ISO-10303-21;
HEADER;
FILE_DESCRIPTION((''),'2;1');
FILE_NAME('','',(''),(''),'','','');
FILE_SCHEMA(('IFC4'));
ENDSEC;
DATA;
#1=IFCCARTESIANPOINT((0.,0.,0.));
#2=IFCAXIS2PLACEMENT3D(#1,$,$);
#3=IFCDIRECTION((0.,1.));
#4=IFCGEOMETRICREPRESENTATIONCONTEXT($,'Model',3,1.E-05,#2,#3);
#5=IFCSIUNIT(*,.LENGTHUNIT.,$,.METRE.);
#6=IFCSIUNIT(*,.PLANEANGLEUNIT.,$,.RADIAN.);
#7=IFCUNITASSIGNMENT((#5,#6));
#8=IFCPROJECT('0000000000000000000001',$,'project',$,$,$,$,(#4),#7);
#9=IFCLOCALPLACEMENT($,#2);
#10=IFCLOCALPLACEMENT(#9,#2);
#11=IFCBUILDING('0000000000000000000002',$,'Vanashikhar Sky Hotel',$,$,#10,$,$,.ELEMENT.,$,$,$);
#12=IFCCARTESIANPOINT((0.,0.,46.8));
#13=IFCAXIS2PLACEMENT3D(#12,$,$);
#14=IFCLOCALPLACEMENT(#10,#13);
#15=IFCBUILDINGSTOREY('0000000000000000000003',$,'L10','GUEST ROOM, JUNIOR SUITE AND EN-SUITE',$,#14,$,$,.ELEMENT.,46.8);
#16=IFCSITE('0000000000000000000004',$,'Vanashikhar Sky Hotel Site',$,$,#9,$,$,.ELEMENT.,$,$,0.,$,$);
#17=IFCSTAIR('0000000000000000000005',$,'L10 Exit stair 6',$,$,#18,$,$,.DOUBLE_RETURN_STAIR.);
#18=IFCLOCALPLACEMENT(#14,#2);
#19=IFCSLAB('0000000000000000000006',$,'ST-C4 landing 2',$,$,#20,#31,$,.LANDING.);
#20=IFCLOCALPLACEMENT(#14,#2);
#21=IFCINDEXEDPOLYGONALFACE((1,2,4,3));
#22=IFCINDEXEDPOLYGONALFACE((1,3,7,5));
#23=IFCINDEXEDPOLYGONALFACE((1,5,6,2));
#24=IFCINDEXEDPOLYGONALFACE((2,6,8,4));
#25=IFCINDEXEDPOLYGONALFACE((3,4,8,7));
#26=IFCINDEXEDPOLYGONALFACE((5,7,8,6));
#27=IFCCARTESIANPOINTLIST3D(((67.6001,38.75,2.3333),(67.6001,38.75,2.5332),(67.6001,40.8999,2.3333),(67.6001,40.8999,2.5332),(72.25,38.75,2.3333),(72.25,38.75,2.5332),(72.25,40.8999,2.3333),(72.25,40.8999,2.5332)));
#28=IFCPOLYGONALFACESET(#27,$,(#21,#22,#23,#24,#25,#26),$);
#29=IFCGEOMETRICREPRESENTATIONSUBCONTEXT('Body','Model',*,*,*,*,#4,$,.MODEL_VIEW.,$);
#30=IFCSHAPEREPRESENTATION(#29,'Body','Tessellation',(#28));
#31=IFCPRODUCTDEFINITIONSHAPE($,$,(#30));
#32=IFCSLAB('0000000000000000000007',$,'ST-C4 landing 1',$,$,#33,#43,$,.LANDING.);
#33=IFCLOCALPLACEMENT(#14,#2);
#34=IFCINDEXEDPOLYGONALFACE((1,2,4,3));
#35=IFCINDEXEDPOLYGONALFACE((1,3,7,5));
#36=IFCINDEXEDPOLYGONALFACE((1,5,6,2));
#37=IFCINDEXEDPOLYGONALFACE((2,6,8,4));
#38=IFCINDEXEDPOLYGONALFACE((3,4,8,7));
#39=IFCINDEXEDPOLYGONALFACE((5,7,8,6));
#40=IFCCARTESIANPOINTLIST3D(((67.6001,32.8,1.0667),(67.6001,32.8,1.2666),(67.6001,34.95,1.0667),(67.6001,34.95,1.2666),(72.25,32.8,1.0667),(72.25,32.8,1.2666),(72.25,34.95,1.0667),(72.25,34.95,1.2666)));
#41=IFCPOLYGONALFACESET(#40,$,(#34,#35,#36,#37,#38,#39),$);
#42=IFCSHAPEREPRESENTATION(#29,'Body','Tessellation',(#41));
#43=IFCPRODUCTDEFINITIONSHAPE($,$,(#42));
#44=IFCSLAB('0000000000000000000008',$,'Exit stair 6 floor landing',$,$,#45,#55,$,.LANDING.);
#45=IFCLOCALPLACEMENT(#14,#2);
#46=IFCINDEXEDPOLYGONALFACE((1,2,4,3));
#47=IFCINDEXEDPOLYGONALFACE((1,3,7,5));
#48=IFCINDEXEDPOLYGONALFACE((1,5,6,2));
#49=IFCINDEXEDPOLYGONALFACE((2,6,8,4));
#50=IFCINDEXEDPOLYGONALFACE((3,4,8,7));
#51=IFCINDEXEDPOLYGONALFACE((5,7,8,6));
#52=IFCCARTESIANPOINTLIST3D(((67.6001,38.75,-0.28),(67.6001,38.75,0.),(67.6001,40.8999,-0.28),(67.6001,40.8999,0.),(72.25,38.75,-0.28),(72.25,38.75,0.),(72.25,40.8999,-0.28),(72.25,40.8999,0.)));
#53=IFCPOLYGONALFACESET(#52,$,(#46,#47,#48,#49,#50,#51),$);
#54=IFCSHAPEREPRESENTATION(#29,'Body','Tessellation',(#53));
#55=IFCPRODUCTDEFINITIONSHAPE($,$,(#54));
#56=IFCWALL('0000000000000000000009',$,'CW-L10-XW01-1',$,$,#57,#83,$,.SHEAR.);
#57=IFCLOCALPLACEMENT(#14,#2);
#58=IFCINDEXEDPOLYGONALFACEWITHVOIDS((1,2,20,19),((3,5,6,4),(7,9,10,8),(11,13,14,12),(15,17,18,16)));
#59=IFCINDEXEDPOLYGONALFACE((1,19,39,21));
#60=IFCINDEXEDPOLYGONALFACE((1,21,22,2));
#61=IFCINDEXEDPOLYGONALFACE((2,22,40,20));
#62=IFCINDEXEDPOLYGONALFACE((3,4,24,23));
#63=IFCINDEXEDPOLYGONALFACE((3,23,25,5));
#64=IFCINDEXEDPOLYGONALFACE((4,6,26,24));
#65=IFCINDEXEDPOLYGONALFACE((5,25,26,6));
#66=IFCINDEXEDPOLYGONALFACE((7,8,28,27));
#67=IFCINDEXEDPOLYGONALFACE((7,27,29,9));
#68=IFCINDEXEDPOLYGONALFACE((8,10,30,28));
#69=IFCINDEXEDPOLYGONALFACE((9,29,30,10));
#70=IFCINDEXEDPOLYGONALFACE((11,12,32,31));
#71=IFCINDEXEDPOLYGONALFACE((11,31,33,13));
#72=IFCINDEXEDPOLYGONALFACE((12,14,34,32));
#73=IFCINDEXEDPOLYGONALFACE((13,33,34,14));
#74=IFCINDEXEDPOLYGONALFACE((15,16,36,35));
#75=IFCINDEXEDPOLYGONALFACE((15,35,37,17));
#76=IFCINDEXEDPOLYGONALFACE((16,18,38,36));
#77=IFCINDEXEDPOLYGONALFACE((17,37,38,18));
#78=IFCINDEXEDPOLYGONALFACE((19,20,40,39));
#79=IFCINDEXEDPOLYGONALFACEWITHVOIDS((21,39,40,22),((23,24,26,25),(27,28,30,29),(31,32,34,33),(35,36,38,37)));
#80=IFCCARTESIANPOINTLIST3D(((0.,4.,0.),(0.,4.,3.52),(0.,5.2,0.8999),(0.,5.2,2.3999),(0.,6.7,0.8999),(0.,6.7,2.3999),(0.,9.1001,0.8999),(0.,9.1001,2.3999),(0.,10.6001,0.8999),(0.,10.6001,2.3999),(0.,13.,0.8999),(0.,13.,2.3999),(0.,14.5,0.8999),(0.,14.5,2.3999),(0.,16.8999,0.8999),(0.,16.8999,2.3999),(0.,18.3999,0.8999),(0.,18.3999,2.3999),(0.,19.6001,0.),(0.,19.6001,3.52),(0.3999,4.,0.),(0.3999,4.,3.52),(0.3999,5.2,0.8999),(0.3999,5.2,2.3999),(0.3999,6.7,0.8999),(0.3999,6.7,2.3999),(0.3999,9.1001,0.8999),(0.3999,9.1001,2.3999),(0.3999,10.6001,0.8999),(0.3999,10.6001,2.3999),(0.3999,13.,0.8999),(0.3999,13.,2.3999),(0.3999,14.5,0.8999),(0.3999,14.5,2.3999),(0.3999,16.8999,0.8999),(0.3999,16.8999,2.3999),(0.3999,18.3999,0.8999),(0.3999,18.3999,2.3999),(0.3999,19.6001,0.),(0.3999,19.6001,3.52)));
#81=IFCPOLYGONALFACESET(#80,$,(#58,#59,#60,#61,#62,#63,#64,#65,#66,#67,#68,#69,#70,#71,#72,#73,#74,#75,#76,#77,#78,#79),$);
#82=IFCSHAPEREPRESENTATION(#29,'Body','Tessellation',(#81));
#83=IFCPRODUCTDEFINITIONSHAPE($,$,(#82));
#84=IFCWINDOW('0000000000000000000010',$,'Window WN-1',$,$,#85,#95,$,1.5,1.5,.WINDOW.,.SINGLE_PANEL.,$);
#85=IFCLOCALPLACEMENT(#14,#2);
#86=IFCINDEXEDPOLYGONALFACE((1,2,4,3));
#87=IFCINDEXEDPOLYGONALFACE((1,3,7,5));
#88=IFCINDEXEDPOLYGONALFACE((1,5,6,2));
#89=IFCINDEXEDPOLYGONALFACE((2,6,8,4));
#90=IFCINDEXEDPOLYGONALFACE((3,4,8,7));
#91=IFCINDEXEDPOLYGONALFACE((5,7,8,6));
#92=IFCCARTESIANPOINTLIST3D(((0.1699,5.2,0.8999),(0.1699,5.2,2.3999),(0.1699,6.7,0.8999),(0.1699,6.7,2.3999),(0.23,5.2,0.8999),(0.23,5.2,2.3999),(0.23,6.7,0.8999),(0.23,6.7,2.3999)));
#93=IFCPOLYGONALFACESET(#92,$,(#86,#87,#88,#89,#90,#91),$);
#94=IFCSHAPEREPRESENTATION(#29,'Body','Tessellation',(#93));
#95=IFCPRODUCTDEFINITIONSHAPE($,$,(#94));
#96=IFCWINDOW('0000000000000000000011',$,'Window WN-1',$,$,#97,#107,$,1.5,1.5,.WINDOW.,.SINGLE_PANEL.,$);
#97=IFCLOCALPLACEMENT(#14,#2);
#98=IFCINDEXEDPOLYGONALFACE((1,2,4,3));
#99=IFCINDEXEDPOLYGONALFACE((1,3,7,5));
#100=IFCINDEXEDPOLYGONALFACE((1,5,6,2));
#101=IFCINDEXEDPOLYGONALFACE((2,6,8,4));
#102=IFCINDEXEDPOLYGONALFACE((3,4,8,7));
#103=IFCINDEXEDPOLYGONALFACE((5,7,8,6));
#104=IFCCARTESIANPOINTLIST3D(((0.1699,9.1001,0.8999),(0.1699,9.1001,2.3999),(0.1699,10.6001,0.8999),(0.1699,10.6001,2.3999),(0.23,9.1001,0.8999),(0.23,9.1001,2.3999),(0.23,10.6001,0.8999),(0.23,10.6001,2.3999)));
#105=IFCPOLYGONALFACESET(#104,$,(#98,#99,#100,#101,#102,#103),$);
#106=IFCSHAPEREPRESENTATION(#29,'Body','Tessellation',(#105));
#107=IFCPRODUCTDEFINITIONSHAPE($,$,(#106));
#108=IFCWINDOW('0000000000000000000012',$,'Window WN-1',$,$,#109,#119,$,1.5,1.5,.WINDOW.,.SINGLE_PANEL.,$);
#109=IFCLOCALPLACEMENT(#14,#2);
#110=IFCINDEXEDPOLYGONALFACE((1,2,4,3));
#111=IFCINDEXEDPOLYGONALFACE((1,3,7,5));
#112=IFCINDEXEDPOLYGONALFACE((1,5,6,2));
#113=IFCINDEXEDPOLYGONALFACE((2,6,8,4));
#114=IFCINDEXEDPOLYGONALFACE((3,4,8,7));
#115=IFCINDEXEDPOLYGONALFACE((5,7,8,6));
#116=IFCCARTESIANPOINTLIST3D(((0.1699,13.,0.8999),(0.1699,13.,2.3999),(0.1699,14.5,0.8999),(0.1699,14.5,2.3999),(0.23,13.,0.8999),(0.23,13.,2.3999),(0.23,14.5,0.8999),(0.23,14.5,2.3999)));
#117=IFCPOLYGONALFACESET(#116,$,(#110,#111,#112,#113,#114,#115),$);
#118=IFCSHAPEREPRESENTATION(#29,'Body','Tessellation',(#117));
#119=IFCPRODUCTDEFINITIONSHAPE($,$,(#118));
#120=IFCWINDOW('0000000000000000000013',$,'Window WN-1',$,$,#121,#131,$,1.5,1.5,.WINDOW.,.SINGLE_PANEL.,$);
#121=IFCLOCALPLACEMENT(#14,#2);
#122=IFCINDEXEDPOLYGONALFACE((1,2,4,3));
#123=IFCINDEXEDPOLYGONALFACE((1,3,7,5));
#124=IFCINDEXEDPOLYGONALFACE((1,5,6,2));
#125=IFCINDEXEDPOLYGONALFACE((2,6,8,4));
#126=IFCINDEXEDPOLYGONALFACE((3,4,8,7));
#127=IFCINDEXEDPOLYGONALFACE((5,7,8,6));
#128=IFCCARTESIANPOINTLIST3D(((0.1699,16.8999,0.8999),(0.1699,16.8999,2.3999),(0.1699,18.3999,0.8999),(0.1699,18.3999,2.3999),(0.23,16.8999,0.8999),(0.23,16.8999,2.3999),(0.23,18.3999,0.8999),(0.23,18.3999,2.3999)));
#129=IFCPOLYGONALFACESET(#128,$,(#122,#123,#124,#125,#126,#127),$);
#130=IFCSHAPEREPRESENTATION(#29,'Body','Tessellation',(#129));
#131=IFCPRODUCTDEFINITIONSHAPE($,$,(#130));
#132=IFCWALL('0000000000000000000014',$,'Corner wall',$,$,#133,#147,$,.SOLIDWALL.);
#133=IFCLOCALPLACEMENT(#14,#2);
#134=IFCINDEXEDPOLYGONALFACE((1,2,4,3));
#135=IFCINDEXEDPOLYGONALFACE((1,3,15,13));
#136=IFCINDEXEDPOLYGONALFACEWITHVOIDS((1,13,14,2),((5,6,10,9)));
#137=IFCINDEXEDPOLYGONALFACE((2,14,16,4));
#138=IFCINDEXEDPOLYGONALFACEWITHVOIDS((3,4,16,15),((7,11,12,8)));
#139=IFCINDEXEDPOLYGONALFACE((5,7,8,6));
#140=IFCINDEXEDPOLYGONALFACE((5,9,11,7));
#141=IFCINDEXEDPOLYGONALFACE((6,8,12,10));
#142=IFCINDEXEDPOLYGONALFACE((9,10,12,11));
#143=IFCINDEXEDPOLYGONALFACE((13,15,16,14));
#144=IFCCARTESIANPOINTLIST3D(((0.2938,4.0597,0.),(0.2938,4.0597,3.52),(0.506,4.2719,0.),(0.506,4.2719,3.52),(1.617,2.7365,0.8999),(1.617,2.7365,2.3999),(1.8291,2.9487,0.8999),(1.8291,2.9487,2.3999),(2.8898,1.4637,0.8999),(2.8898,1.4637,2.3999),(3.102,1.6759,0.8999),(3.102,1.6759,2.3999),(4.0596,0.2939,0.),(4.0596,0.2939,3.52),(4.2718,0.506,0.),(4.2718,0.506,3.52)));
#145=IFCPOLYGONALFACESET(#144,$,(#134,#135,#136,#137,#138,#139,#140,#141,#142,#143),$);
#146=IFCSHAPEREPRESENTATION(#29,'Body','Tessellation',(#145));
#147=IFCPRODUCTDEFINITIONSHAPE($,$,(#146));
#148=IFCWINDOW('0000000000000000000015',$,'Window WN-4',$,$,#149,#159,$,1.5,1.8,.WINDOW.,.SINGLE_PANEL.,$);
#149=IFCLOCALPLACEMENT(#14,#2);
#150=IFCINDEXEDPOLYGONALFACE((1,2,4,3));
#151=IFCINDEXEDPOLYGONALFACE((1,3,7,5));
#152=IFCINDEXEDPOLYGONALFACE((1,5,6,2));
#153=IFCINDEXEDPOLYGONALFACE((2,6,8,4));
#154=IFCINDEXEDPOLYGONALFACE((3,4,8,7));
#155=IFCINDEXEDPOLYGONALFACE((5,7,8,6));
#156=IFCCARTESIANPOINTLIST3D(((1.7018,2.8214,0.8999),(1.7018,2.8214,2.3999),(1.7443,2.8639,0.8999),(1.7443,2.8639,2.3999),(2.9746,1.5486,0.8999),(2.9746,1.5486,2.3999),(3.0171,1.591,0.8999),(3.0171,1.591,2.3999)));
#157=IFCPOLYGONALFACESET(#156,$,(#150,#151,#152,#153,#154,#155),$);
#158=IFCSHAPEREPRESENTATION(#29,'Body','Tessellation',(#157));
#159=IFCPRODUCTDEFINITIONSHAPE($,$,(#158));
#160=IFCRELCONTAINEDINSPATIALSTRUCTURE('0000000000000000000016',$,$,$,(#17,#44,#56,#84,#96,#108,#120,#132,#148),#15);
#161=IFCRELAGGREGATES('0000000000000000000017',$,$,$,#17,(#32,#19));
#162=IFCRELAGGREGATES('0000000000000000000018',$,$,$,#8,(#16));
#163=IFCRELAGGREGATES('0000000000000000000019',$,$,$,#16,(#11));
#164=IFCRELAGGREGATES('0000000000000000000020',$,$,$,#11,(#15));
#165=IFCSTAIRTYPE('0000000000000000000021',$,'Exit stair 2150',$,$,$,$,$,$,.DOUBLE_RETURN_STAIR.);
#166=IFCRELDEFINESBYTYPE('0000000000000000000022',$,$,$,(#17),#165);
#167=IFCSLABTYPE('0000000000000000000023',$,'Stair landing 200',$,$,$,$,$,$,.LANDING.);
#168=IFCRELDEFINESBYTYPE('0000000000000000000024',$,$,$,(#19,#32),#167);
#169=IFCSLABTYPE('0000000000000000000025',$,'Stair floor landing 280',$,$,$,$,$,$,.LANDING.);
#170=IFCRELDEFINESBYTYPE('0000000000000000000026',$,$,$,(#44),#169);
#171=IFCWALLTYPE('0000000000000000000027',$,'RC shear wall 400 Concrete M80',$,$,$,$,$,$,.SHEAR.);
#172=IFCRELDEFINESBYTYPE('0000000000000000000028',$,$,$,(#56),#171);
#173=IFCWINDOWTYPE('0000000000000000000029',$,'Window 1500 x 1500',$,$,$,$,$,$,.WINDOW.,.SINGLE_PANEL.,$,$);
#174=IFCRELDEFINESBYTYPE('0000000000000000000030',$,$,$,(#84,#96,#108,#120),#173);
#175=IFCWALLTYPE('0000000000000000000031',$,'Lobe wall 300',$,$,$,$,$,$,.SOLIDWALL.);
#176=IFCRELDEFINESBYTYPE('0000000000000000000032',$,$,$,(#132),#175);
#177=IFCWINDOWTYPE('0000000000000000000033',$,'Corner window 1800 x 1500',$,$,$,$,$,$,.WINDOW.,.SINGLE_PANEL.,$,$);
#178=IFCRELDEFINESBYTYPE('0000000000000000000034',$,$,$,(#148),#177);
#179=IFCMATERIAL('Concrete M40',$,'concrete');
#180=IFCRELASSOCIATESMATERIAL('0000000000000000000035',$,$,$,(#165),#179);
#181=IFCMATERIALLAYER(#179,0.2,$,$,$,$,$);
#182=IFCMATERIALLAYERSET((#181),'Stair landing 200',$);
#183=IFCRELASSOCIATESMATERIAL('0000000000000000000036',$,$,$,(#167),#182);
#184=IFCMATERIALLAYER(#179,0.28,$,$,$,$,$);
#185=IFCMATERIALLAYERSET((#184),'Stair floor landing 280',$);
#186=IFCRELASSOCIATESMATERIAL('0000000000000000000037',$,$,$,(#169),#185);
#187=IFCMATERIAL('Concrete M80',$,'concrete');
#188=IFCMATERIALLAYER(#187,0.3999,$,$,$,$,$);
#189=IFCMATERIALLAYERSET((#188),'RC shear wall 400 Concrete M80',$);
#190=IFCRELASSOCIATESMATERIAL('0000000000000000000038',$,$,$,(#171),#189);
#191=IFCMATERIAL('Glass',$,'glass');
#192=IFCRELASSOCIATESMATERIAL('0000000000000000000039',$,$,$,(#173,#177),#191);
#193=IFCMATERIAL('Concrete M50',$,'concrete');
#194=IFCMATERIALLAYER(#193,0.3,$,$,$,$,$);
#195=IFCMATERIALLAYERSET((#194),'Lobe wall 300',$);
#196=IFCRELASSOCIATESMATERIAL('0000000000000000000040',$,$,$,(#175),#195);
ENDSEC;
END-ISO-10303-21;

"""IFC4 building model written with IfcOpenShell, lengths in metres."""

from ifc_helpers import new_model, si_unit, direction, frame, frame_2d, origin, place, context, subcontext, project, spatial, polyline, rectangle, outline, extrude, source, transform, mapped, material, layer, layer_set, type_object, element, fill, aggregate, save


model = new_model("IFC4")

# Units and contexts
model_context = context("Model", 3, precision=1e-05, world=origin(), true_north=direction((0.0, 1.0)))
body_context = subcontext(model_context, "Body", "Model", "MODEL_VIEW")
ifc_project = project(units=[si_unit("LENGTHUNIT", "METRE"), si_unit("PLANEANGLEUNIT", "RADIAN")], contexts=[model_context])

# Site, building, storey
site_placement = place(None, origin())
site = spatial("IfcSite", under=ifc_project, at=site_placement, Name="Vanashikhar Sky Hotel Site", CompositionType="ELEMENT", RefElevation=0.0)
building_placement = place(site_placement, origin())
building = spatial("IfcBuilding", under=site, at=building_placement, Name="Vanashikhar Sky Hotel", CompositionType="ELEMENT")
storey_placement = place(building_placement, frame((0.0, 0.0, 46.8)))
storey = spatial("IfcBuildingStorey", under=building, at=storey_placement, Name="L10", Description="GUEST ROOM, JUNIOR SUITE AND EN-SUITE", CompositionType="ELEMENT", Elevation=46.8)

# Shared definitions
ifc_material_1 = material(Name="Concrete M40", Category="concrete")

# Shared definitions
stair_type = type_object("IfcStairType", Name="Exit stair 2150", PredefinedType="DOUBLE_RETURN_STAIR", material=ifc_material_1)
ifc_layer_1 = layer(ifc_material_1, 0.2)
ifc_layer_set_1 = layer_set([ifc_layer_1], Name="Stair landing 200")
slab_type_1 = type_object("IfcSlabType", Name="Stair landing 200", PredefinedType="LANDING", material=ifc_layer_set_1)

# Shared definitions
ifc_layer_2 = layer(ifc_material_1, 0.28)
ifc_layer_set_2 = layer_set([ifc_layer_2], Name="Stair floor landing 280")
slab_type_2 = type_object("IfcSlabType", Name="Stair floor landing 280", PredefinedType="LANDING", material=ifc_layer_set_2)

# Stair, slabs
stair_1_placement = place(storey_placement, origin())
stair_1 = element("IfcStair", 1, at=stair_1_placement, inside=storey, type_object=stair_type, Name="L10 Exit stair 6", PredefinedType="DOUBLE_RETURN_STAIR")
shared_shape_1 = source(origin(), body_context, "Body", "SweptSolid", [
    extrude(outline(polyline([(72.25, 38.75), (72.25, 40.8999), (67.6001, 40.8999), (67.6001, 38.75), (72.25, 38.75)])), origin(), (0.0, 0.0, 1.0), 0.2),
])
slab_1_placement = place(storey_placement, frame((0.0, 0.0, 2.3333)))
slab_1 = element("IfcSlab", 2, at=slab_1_placement, type_object=slab_type_1, Name="ST-C4 landing 2", PredefinedType="LANDING", context=body_context, shape_type="MappedRepresentation", body=[
    mapped(shared_shape_1, transform((0.0, 0.0, 0.0), scale=1.0)),
])
shared_shape_2 = source(origin(), body_context, "Body", "SweptSolid", [
    extrude(outline(polyline([(72.25, 32.8), (72.25, 34.95), (67.6001, 34.95), (67.6001, 32.8), (72.25, 32.8)])), origin(), (0.0, 0.0, 1.0), 0.2),
])
slab_2_placement = place(storey_placement, frame((0.0, 0.0, 1.0667)))
slab_2 = element("IfcSlab", 3, at=slab_2_placement, type_object=slab_type_1, Name="ST-C4 landing 1", PredefinedType="LANDING", context=body_context, shape_type="MappedRepresentation", body=[
    mapped(shared_shape_2, transform((0.0, 0.0, 0.0), scale=1.0)),
])
aggregate(stair_1, [slab_2, slab_1])

# Slab
shared_shape_3 = source(origin(), body_context, "Body", "SweptSolid", [
    extrude(outline(polyline([(72.25, 38.75), (72.25, 40.8999), (67.6001, 40.8999), (67.6001, 38.75), (72.25, 38.75)])), origin(), (0.0, 0.0, 1.0), 0.28),
])
slab_3_placement = place(storey_placement, frame((0.0, 0.0, -0.28)))
element("IfcSlab", 4, at=slab_3_placement, inside=storey, type_object=slab_type_2, Name="Exit stair 6 floor landing", PredefinedType="LANDING", context=body_context, shape_type="MappedRepresentation", body=[
    mapped(shared_shape_3, transform((0.0, 0.0, 0.0), scale=1.0)),
])

# Wall, openings, windows
ifc_material_2 = material(Name="Concrete M80", Category="concrete")
ifc_layer_3 = layer(ifc_material_2, 0.3999)
ifc_layer_set_3 = layer_set([ifc_layer_3], Name="RC shear wall 400 Concrete M80")
wall_type_1 = type_object("IfcWallType", Name="RC shear wall 400 Concrete M80", PredefinedType="SHEAR", material=ifc_layer_set_3)
shared_shape_4 = source(origin(), body_context, "Body", "SweptSolid", [
    extrude(rectangle(XDim=15.6001, YDim=0.3999, at=frame_2d((7.8, 0.0))), origin(), (0.0, 0.0, 1.0), 3.52),
])
wall_1_placement = place(storey_placement, frame((0.2, 4.0, 0.0), z_axis=(0.0, 0.0, 1.0), x_axis=(0.0, 1.0, 0.0)))
wall_1 = element("IfcWall", 5, at=wall_1_placement, inside=storey, type_object=wall_type_1, Name="CW-L10-XW01-1", PredefinedType="SHEAR", context=body_context, shape_type="MappedRepresentation", body=[
    mapped(shared_shape_4, transform((0.0, 0.0, 0.0), scale=1.0)),
])
shared_shape_5 = source(origin(), body_context, "Body", "SweptSolid", [
    extrude(rectangle(XDim=1.5, YDim=1.5, at=frame_2d((0.75, 0.75))), frame((0.0, 0.21, 0.0), z_axis=(0.0, -1.0, 0.0), x_axis=(1.0, 0.0, 0.0)), (0.0, 0.0, 1.0), 0.4199),
])
opening_1_placement = place(wall_1_placement, frame((1.2, 0.0, 0.8999)))
opening_1 = element("IfcOpeningElement", 6, at=opening_1_placement, cuts=wall_1, PredefinedType="OPENING", context=body_context, shape_type="MappedRepresentation", body=[
    mapped(shared_shape_5, transform((0.0, 0.0, 0.0), scale=1.0)),
])
opening_2_placement = place(wall_1_placement, frame((5.1001, 0.0, 0.8999)))
opening_2 = element("IfcOpeningElement", 7, at=opening_2_placement, cuts=wall_1, PredefinedType="OPENING", context=body_context, shape_type="MappedRepresentation", body=[
    mapped(shared_shape_5, transform((0.0, 0.0, 0.0), scale=1.0)),
])
opening_3_placement = place(wall_1_placement, frame((9.0, 0.0, 0.8999)))
opening_3 = element("IfcOpeningElement", 8, at=opening_3_placement, cuts=wall_1, PredefinedType="OPENING", context=body_context, shape_type="MappedRepresentation", body=[
    mapped(shared_shape_5, transform((0.0, 0.0, 0.0), scale=1.0)),
])
opening_4_placement = place(wall_1_placement, frame((12.8999, 0.0, 0.8999)))
opening_4 = element("IfcOpeningElement", 9, at=opening_4_placement, cuts=wall_1, PredefinedType="OPENING", context=body_context, shape_type="MappedRepresentation", body=[
    mapped(shared_shape_5, transform((0.0, 0.0, 0.0), scale=1.0)),
])
ifc_material_3 = material(Name="Glass", Category="glass")
window_type_1 = type_object("IfcWindowType", Name="Window 1500 x 1500", PartitioningType="SINGLE_PANEL", PredefinedType="WINDOW", material=ifc_material_3)
shared_shape_6 = source(origin(), body_context, "Body", "SweptSolid", [
    extrude(rectangle(XDim=1.5, YDim=1.5, at=frame_2d((0.75, 0.75))), frame((0.0, 0.03, 0.0), z_axis=(0.0, -1.0, 0.0), x_axis=(1.0, 0.0, 0.0)), (0.0, 0.0, 1.0), 0.0601),
])
window_1_placement = place(opening_1_placement, origin())
window_1 = element("IfcWindow", 10, at=window_1_placement, inside=storey, type_object=window_type_1, Name="Window WN-1", OverallHeight=1.5, OverallWidth=1.5, PartitioningType="SINGLE_PANEL", PredefinedType="WINDOW", context=body_context, shape_type="MappedRepresentation", body=[
    mapped(shared_shape_6, transform((0.0, 0.0, 0.0), scale=1.0)),
])
fill(opening_1, window_1)
window_2_placement = place(opening_2_placement, origin())
window_2 = element("IfcWindow", 11, at=window_2_placement, inside=storey, type_object=window_type_1, Name="Window WN-1", OverallHeight=1.5, OverallWidth=1.5, PartitioningType="SINGLE_PANEL", PredefinedType="WINDOW", context=body_context, shape_type="MappedRepresentation", body=[
    mapped(shared_shape_6, transform((0.0, 0.0, 0.0), scale=1.0)),
])
fill(opening_2, window_2)
window_3_placement = place(opening_3_placement, origin())
window_3 = element("IfcWindow", 12, at=window_3_placement, inside=storey, type_object=window_type_1, Name="Window WN-1", OverallHeight=1.5, OverallWidth=1.5, PartitioningType="SINGLE_PANEL", PredefinedType="WINDOW", context=body_context, shape_type="MappedRepresentation", body=[
    mapped(shared_shape_6, transform((0.0, 0.0, 0.0), scale=1.0)),
])
fill(opening_3, window_3)
window_4_placement = place(opening_4_placement, origin())
window_4 = element("IfcWindow", 13, at=window_4_placement, inside=storey, type_object=window_type_1, Name="Window WN-1", OverallHeight=1.5, OverallWidth=1.5, PartitioningType="SINGLE_PANEL", PredefinedType="WINDOW", context=body_context, shape_type="MappedRepresentation", body=[
    mapped(shared_shape_6, transform((0.0, 0.0, 0.0), scale=1.0)),
])
fill(opening_4, window_4)

# Wall, opening, window
ifc_material_4 = material(Name="Concrete M50", Category="concrete")
ifc_layer_4 = layer(ifc_material_4, 0.3)
ifc_layer_set_4 = layer_set([ifc_layer_4], Name="Lobe wall 300")
wall_type_2 = type_object("IfcWallType", Name="Lobe wall 300", PredefinedType="SOLIDWALL", material=ifc_layer_set_4)
shared_shape_7 = source(origin(), body_context, "Body", "SweptSolid", [
    extrude(rectangle(XDim=5.3257, YDim=0.3, at=frame_2d((2.6628, 0.0))), origin(), (0.0, 0.0, 1.0), 3.52),
])
wall_2_placement = place(storey_placement, frame((0.3999, 4.1658, 0.0), z_axis=(0.0, 0.0, 1.0), x_axis=(0.707107, -0.707107, 0.0)))
wall_2 = element("IfcWall", 14, at=wall_2_placement, inside=storey, type_object=wall_type_2, Name="Corner wall", PredefinedType="SOLIDWALL", context=body_context, shape_type="MappedRepresentation", body=[
    mapped(shared_shape_7, transform((0.0, 0.0, 0.0), scale=1.0)),
])
shared_shape_8 = source(origin(), body_context, "Body", "SweptSolid", [
    extrude(rectangle(XDim=1.8, YDim=1.5, at=frame_2d((0.8999, 0.75))), frame((0.0, 0.1602, 0.0), z_axis=(0.0, -1.0, 0.0), x_axis=(1.0, 0.0, 0.0)), (0.0, 0.0, 1.0), 0.3201),
])
opening_5_placement = place(wall_2_placement, frame((1.8713, 0.0, 0.8999)))
opening_5 = element("IfcOpeningElement", 15, at=opening_5_placement, cuts=wall_2, PredefinedType="OPENING", context=body_context, shape_type="MappedRepresentation", body=[
    mapped(shared_shape_8, transform((0.0, 0.0, 0.0), scale=1.0)),
])
window_type_2 = type_object("IfcWindowType", Name="Corner window 1800 x 1500", PartitioningType="SINGLE_PANEL", PredefinedType="WINDOW", material=ifc_material_3)
shared_shape_9 = source(origin(), body_context, "Body", "SweptSolid", [
    extrude(rectangle(XDim=1.8, YDim=1.5, at=frame_2d((0.8999, 0.75))), frame((0.0, 0.03, 0.0), z_axis=(0.0, -1.0, 0.0), x_axis=(1.0, 0.0, 0.0)), (0.0, 0.0, 1.0), 0.0601),
])
window_5_placement = place(opening_5_placement, origin())
window_5 = element("IfcWindow", 16, at=window_5_placement, inside=storey, type_object=window_type_2, Name="Window WN-4", OverallHeight=1.5, OverallWidth=1.8, PartitioningType="SINGLE_PANEL", PredefinedType="WINDOW", context=body_context, shape_type="MappedRepresentation", body=[
    mapped(shared_shape_9, transform((0.0, 0.0, 0.0), scale=1.0)),
])
fill(opening_5, window_5)

save(model, "model.ifc")
